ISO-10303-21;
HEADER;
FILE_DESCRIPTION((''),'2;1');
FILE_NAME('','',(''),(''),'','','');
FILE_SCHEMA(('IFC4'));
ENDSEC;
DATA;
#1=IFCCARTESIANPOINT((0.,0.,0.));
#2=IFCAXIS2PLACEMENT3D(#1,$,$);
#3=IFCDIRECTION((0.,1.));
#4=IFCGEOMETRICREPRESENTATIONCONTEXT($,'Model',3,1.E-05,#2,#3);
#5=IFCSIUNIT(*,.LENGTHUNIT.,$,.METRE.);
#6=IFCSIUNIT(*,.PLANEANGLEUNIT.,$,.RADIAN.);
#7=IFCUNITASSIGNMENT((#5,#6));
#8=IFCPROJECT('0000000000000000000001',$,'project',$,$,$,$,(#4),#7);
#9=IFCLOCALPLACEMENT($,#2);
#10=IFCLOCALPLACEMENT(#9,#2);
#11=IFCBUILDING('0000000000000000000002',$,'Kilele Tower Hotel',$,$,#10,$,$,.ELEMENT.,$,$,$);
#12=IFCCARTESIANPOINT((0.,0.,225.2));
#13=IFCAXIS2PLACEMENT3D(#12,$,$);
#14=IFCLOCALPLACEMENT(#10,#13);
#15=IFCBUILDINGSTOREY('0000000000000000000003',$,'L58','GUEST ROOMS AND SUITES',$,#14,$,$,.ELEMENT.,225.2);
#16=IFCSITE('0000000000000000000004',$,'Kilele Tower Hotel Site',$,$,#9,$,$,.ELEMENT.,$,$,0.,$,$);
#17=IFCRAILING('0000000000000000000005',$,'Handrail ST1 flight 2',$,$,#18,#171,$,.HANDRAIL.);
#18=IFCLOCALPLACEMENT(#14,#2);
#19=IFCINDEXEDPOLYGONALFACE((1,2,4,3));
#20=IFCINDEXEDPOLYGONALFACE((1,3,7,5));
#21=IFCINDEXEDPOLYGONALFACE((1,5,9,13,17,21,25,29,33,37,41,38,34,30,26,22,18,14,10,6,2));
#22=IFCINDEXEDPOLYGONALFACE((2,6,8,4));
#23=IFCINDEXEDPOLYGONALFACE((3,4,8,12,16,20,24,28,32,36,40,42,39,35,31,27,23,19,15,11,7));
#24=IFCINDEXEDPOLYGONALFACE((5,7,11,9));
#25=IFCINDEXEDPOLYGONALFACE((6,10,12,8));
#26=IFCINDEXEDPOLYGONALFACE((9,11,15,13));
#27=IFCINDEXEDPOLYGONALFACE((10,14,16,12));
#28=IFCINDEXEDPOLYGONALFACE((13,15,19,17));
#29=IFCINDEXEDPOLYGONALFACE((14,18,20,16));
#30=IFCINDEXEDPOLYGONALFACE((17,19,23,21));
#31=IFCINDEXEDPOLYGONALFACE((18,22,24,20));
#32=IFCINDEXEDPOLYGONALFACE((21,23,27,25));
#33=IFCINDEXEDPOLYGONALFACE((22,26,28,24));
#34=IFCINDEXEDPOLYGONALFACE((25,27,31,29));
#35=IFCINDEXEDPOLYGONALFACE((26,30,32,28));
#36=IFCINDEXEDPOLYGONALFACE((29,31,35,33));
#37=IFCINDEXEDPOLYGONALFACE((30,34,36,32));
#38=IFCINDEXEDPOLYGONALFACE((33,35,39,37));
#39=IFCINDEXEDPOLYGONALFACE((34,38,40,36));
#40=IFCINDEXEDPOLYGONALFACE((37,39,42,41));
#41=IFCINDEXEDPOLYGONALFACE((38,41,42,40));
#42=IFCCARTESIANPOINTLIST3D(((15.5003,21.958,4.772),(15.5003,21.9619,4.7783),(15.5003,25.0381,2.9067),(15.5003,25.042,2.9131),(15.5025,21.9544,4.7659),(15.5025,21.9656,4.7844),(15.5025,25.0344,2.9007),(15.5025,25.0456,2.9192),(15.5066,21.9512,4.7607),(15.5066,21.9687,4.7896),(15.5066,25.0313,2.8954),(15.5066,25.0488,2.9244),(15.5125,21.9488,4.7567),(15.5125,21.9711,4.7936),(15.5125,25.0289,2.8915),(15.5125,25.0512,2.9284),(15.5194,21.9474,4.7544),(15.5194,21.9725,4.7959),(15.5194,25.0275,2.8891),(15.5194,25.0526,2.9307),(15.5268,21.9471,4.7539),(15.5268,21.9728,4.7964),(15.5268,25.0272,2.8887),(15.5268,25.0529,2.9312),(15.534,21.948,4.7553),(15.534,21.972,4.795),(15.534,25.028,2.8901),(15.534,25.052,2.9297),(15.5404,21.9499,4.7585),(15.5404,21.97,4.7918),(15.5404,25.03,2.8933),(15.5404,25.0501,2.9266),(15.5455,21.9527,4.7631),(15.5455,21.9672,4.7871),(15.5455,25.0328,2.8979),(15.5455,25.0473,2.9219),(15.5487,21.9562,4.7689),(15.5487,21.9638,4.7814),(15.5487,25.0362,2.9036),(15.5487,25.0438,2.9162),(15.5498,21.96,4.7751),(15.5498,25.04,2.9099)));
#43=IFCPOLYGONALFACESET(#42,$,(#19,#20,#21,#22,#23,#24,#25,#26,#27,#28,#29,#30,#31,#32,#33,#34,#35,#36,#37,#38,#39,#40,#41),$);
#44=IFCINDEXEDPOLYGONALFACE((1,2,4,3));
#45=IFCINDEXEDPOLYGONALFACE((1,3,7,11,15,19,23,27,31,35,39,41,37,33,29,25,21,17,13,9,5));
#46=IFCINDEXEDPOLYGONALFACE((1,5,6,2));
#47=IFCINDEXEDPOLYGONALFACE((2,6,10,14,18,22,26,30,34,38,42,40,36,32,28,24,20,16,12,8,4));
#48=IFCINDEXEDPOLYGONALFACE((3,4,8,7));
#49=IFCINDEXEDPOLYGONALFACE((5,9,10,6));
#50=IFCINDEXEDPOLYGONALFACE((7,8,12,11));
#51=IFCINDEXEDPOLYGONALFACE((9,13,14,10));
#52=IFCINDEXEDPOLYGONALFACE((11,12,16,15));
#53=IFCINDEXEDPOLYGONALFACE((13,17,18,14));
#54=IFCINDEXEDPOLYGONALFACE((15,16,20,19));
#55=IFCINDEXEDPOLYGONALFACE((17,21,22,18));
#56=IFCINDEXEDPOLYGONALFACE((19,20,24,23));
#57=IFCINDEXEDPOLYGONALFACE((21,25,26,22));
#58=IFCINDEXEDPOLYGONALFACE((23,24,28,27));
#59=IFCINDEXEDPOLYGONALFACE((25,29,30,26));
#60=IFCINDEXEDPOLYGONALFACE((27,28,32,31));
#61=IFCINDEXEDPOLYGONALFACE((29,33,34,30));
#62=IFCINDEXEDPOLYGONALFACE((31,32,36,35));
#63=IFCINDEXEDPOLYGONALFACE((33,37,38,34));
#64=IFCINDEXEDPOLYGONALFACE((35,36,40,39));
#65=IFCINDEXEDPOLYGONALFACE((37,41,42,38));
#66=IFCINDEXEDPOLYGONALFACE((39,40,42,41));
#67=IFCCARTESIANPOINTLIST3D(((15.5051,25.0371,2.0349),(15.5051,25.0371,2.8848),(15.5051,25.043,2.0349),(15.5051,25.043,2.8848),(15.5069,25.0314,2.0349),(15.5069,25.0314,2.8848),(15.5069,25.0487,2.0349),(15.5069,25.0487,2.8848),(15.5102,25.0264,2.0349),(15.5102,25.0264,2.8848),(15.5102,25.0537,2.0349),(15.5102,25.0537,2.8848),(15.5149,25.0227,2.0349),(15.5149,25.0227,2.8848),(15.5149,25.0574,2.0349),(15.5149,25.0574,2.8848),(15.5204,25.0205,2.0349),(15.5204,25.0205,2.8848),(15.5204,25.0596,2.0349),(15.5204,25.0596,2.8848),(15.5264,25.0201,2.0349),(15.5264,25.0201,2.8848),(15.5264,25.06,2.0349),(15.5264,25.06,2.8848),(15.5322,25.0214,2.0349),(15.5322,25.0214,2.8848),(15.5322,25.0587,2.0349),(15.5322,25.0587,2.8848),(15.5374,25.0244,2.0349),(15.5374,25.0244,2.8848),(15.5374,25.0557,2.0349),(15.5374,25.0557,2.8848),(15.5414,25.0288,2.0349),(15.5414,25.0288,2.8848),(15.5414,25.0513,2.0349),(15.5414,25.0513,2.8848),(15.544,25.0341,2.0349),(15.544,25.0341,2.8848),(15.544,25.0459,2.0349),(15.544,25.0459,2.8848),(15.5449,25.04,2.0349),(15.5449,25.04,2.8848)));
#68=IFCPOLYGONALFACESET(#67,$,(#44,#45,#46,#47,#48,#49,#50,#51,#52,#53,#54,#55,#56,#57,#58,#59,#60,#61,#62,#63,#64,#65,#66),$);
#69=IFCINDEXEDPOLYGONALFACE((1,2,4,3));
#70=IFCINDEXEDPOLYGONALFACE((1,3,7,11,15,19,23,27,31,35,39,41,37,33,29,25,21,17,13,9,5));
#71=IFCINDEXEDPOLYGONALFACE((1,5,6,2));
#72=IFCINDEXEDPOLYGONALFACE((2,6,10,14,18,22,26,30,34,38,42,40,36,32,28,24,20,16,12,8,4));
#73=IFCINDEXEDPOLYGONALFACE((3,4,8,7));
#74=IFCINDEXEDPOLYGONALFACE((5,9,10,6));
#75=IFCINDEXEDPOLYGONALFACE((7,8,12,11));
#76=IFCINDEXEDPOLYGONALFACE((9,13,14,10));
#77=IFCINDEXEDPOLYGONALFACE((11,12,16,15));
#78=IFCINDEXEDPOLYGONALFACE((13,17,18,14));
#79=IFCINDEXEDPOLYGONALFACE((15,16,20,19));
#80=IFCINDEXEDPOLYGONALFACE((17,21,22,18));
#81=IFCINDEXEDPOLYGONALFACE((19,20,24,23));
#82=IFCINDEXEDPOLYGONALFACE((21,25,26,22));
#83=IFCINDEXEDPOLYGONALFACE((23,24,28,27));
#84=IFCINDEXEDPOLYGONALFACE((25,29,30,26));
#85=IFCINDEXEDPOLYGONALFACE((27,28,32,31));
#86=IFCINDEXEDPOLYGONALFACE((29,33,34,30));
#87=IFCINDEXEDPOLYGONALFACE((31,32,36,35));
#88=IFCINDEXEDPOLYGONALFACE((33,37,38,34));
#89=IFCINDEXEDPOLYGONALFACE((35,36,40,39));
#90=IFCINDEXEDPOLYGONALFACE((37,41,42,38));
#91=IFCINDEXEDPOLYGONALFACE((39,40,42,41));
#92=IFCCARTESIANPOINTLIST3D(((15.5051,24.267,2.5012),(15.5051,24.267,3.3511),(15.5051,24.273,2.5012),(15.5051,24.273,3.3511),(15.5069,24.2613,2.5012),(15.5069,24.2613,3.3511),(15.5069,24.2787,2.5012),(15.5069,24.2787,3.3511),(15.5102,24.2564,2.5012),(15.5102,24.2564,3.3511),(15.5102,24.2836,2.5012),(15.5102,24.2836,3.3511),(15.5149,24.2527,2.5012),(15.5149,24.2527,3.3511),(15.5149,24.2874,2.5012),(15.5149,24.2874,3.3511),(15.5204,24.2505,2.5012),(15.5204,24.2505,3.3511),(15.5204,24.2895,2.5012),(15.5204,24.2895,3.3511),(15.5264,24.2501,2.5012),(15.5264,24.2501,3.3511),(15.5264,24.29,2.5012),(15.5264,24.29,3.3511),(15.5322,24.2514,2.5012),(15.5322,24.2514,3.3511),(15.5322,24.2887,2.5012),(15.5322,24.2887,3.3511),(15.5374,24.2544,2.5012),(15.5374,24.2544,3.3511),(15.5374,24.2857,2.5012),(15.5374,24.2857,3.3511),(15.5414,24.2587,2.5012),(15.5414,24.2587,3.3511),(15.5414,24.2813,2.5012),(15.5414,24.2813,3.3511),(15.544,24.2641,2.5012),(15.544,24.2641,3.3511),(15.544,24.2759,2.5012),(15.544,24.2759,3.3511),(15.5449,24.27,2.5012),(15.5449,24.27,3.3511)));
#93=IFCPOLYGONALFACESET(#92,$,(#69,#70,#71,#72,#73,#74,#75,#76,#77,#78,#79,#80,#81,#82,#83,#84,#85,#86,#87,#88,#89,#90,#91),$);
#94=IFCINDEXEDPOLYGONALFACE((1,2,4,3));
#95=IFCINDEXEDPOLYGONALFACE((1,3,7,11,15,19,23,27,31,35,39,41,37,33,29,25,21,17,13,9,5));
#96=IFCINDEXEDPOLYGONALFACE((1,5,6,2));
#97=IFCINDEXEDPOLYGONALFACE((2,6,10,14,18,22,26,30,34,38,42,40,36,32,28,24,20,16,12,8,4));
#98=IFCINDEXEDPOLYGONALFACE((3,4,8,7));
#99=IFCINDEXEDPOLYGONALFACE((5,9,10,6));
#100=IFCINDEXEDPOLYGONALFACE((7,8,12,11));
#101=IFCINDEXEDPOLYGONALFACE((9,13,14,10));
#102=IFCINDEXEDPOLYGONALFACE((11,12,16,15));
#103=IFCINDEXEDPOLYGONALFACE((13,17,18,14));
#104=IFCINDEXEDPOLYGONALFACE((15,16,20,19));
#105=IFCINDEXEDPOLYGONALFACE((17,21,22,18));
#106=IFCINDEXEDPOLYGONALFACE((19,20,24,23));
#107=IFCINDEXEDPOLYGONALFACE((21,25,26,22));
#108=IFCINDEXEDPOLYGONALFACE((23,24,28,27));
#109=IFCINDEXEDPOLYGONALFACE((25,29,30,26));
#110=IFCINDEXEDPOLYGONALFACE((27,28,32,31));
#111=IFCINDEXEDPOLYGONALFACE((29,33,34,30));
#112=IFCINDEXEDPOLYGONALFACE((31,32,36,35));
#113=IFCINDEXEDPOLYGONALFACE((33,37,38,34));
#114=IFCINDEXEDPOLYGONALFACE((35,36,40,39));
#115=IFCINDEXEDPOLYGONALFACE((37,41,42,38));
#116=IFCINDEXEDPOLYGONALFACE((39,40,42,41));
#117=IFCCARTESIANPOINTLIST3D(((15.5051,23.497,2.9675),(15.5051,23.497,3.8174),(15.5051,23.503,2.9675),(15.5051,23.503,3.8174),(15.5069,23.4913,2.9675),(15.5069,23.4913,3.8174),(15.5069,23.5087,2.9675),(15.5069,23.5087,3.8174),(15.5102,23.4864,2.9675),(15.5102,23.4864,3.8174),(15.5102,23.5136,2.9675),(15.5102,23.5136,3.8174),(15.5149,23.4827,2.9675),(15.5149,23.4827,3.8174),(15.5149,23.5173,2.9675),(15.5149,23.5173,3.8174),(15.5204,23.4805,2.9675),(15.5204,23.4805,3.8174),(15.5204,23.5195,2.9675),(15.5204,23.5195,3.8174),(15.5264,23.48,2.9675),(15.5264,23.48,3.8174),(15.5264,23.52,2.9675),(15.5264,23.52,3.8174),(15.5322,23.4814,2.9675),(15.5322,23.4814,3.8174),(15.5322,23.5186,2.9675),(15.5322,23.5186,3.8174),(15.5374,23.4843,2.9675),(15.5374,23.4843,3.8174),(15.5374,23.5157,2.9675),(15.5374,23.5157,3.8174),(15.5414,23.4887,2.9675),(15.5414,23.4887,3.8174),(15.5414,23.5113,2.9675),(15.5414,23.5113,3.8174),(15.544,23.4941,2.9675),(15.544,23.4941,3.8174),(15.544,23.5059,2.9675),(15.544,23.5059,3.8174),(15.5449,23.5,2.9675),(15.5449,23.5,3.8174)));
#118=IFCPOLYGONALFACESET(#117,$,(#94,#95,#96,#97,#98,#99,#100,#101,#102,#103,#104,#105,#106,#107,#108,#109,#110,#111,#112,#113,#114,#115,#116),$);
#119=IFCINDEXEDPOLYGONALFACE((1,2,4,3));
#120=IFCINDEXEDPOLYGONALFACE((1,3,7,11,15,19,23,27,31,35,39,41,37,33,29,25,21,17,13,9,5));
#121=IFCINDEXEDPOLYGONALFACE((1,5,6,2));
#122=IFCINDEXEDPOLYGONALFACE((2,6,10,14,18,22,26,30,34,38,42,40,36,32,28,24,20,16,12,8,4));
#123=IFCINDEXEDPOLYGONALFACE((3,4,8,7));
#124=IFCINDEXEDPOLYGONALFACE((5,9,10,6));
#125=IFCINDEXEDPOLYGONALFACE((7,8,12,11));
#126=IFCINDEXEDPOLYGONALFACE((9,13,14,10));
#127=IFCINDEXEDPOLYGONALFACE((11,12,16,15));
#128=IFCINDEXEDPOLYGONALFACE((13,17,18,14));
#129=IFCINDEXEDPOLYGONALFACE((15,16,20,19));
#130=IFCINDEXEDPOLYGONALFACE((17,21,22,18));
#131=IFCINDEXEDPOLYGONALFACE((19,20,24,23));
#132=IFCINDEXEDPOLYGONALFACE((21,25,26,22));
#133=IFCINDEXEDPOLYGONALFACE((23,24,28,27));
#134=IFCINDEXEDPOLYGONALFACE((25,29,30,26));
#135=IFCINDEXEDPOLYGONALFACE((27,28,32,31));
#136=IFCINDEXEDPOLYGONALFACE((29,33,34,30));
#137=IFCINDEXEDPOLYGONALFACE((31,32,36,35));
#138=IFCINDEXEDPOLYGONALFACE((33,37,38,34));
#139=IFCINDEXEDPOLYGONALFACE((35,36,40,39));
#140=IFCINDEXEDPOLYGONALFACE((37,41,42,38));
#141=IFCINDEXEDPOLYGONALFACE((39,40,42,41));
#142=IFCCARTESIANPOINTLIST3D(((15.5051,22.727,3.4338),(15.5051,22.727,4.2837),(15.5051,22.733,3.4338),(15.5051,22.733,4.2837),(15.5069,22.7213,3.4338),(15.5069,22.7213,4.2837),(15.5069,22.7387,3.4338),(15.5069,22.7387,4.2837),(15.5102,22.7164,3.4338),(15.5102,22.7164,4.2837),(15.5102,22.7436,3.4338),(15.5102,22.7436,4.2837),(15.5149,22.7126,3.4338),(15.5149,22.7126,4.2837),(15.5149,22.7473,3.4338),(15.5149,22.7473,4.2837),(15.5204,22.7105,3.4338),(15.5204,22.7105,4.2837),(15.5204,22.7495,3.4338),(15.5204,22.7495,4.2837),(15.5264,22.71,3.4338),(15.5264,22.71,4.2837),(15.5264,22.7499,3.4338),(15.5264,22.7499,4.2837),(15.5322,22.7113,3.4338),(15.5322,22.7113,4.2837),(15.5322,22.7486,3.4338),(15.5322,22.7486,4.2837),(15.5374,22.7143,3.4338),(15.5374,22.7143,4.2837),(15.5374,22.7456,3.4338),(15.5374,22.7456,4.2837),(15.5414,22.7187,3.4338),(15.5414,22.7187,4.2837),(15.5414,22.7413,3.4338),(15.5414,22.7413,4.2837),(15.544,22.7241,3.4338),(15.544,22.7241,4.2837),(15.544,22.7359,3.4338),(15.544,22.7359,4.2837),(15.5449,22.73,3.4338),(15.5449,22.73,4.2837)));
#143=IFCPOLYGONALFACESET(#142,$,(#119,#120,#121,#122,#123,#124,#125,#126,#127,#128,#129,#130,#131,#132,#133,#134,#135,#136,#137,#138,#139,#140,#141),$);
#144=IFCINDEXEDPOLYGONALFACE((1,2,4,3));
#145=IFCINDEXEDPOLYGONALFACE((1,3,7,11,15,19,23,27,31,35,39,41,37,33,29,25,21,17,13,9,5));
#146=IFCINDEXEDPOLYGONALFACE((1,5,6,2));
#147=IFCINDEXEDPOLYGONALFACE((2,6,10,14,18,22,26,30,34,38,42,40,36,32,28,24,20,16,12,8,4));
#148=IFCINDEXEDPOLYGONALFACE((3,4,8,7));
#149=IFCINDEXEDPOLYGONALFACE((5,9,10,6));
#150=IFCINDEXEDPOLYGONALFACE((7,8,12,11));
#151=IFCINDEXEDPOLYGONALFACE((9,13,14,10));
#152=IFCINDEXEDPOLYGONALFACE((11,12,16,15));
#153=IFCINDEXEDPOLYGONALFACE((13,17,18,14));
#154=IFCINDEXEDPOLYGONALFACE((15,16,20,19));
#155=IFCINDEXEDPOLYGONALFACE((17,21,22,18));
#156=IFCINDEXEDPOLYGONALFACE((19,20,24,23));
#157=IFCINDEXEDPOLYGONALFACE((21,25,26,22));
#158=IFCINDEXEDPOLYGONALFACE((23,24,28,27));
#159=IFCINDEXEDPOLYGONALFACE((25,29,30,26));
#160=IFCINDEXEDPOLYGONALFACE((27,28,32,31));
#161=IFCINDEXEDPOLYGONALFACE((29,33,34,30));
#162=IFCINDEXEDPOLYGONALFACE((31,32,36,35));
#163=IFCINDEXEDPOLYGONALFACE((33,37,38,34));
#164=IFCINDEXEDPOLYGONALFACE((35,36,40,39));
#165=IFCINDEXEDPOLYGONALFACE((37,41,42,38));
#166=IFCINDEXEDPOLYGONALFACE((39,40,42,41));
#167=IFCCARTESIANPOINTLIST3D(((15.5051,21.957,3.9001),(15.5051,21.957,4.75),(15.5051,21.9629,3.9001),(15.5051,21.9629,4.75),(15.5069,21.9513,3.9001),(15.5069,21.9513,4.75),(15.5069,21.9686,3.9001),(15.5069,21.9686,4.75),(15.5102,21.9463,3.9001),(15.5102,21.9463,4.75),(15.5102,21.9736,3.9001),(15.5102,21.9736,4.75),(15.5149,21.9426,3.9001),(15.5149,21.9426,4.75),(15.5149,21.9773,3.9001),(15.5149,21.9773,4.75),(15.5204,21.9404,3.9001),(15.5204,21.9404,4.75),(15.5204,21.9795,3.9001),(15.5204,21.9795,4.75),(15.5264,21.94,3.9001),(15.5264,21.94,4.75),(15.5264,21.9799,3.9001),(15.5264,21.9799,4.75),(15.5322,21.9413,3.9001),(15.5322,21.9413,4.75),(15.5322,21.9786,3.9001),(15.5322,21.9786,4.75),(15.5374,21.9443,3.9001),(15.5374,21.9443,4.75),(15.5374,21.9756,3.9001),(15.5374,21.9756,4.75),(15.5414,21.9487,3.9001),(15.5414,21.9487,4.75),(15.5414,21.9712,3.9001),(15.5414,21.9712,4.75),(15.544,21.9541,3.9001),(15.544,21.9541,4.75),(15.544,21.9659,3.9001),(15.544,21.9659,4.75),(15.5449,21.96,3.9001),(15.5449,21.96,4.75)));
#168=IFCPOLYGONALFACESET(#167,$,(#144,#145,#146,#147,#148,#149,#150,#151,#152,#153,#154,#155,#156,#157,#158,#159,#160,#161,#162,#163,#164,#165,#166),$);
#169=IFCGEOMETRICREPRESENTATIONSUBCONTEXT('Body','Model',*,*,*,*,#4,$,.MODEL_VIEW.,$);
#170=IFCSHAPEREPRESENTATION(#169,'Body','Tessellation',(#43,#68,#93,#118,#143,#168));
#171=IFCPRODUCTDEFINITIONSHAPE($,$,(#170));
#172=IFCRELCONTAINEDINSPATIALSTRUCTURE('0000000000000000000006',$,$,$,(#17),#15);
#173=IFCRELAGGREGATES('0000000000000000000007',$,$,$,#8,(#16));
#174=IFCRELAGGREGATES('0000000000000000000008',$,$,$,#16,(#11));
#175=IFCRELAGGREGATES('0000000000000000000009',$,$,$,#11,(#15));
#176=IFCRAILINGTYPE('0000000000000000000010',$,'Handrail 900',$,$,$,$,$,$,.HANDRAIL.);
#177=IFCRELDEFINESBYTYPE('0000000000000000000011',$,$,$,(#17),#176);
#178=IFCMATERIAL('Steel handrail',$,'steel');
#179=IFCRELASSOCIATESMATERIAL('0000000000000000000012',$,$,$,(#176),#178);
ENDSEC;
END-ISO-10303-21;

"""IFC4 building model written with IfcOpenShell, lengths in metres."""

from ifc_helpers import new_model, si_unit, direction, frame, origin, origin_2d, place, context, subcontext, project, spatial, circle, extrude, material, type_object, element, save


model = new_model("IFC4")

# Units and contexts
model_context = context("Model", 3, precision=1e-05, world=origin(), true_north=direction((0.0, 1.0)))
body_context = subcontext(model_context, "Body", "Model", "MODEL_VIEW")
ifc_project = project(units=[si_unit("LENGTHUNIT", "METRE"), si_unit("PLANEANGLEUNIT", "RADIAN")], contexts=[model_context])

# Site, building, storey
site_placement = place(None, origin())
site = spatial("IfcSite", under=ifc_project, at=site_placement, Name="Kilele Tower Hotel Site", CompositionType="ELEMENT", RefElevation=0.0)
building_placement = place(site_placement, origin())
building = spatial("IfcBuilding", under=site, at=building_placement, Name="Kilele Tower Hotel", CompositionType="ELEMENT")
storey_placement = place(building_placement, frame((0.0, 0.0, 225.2)))
storey = spatial("IfcBuildingStorey", under=building, at=storey_placement, Name="L58", Description="GUEST ROOMS AND SUITES", CompositionType="ELEMENT", Elevation=225.2)

# Railing
ifc_material_1 = material(Name="Steel handrail", Category="steel")
railing_type_1 = type_object("IfcRailingType", Name="Handrail 900", PredefinedType="HANDRAIL", material=ifc_material_1)
for number, where, name in (
    (1, (15.5249, 25.04, 2.0349), "Handrail ST1 flight 2"),
):
    element("IfcRailing", number, at=place(storey_placement, frame(where)), inside=storey, type_object=railing_type_1, Name=name, PredefinedType="HANDRAIL", context=body_context, shape_type="SweptSolid", body=[
        extrude(circle(Radius=0.0249, at=origin_2d()), frame((0.0, 0.0, 0.875), z_axis=(0.0, -0.85538, 0.518001), x_axis=(1.0, 0.0, 0.0)), (0.0, 0.0, 1.0), 3.6008),
        extrude(circle(Radius=0.02, at=origin_2d()), origin(), (0.0, 0.0, 1.0), 0.8499),
        extrude(circle(Radius=0.02, at=origin_2d()), frame((0.0, -0.77, 0.4663)), (0.0, 0.0, 1.0), 0.8499),
        extrude(circle(Radius=0.02, at=origin_2d()), frame((0.0, -1.54, 0.9326)), (0.0, 0.0, 1.0), 0.8499),
        extrude(circle(Radius=0.02, at=origin_2d()), frame((0.0, -2.3101, 1.3989)), (0.0, 0.0, 1.0), 0.8499),
        extrude(circle(Radius=0.02, at=origin_2d()), frame((0.0, -3.0801, 1.8652)), (0.0, 0.0, 1.0), 0.8499),
    ])

save(model, "model.ifc")
